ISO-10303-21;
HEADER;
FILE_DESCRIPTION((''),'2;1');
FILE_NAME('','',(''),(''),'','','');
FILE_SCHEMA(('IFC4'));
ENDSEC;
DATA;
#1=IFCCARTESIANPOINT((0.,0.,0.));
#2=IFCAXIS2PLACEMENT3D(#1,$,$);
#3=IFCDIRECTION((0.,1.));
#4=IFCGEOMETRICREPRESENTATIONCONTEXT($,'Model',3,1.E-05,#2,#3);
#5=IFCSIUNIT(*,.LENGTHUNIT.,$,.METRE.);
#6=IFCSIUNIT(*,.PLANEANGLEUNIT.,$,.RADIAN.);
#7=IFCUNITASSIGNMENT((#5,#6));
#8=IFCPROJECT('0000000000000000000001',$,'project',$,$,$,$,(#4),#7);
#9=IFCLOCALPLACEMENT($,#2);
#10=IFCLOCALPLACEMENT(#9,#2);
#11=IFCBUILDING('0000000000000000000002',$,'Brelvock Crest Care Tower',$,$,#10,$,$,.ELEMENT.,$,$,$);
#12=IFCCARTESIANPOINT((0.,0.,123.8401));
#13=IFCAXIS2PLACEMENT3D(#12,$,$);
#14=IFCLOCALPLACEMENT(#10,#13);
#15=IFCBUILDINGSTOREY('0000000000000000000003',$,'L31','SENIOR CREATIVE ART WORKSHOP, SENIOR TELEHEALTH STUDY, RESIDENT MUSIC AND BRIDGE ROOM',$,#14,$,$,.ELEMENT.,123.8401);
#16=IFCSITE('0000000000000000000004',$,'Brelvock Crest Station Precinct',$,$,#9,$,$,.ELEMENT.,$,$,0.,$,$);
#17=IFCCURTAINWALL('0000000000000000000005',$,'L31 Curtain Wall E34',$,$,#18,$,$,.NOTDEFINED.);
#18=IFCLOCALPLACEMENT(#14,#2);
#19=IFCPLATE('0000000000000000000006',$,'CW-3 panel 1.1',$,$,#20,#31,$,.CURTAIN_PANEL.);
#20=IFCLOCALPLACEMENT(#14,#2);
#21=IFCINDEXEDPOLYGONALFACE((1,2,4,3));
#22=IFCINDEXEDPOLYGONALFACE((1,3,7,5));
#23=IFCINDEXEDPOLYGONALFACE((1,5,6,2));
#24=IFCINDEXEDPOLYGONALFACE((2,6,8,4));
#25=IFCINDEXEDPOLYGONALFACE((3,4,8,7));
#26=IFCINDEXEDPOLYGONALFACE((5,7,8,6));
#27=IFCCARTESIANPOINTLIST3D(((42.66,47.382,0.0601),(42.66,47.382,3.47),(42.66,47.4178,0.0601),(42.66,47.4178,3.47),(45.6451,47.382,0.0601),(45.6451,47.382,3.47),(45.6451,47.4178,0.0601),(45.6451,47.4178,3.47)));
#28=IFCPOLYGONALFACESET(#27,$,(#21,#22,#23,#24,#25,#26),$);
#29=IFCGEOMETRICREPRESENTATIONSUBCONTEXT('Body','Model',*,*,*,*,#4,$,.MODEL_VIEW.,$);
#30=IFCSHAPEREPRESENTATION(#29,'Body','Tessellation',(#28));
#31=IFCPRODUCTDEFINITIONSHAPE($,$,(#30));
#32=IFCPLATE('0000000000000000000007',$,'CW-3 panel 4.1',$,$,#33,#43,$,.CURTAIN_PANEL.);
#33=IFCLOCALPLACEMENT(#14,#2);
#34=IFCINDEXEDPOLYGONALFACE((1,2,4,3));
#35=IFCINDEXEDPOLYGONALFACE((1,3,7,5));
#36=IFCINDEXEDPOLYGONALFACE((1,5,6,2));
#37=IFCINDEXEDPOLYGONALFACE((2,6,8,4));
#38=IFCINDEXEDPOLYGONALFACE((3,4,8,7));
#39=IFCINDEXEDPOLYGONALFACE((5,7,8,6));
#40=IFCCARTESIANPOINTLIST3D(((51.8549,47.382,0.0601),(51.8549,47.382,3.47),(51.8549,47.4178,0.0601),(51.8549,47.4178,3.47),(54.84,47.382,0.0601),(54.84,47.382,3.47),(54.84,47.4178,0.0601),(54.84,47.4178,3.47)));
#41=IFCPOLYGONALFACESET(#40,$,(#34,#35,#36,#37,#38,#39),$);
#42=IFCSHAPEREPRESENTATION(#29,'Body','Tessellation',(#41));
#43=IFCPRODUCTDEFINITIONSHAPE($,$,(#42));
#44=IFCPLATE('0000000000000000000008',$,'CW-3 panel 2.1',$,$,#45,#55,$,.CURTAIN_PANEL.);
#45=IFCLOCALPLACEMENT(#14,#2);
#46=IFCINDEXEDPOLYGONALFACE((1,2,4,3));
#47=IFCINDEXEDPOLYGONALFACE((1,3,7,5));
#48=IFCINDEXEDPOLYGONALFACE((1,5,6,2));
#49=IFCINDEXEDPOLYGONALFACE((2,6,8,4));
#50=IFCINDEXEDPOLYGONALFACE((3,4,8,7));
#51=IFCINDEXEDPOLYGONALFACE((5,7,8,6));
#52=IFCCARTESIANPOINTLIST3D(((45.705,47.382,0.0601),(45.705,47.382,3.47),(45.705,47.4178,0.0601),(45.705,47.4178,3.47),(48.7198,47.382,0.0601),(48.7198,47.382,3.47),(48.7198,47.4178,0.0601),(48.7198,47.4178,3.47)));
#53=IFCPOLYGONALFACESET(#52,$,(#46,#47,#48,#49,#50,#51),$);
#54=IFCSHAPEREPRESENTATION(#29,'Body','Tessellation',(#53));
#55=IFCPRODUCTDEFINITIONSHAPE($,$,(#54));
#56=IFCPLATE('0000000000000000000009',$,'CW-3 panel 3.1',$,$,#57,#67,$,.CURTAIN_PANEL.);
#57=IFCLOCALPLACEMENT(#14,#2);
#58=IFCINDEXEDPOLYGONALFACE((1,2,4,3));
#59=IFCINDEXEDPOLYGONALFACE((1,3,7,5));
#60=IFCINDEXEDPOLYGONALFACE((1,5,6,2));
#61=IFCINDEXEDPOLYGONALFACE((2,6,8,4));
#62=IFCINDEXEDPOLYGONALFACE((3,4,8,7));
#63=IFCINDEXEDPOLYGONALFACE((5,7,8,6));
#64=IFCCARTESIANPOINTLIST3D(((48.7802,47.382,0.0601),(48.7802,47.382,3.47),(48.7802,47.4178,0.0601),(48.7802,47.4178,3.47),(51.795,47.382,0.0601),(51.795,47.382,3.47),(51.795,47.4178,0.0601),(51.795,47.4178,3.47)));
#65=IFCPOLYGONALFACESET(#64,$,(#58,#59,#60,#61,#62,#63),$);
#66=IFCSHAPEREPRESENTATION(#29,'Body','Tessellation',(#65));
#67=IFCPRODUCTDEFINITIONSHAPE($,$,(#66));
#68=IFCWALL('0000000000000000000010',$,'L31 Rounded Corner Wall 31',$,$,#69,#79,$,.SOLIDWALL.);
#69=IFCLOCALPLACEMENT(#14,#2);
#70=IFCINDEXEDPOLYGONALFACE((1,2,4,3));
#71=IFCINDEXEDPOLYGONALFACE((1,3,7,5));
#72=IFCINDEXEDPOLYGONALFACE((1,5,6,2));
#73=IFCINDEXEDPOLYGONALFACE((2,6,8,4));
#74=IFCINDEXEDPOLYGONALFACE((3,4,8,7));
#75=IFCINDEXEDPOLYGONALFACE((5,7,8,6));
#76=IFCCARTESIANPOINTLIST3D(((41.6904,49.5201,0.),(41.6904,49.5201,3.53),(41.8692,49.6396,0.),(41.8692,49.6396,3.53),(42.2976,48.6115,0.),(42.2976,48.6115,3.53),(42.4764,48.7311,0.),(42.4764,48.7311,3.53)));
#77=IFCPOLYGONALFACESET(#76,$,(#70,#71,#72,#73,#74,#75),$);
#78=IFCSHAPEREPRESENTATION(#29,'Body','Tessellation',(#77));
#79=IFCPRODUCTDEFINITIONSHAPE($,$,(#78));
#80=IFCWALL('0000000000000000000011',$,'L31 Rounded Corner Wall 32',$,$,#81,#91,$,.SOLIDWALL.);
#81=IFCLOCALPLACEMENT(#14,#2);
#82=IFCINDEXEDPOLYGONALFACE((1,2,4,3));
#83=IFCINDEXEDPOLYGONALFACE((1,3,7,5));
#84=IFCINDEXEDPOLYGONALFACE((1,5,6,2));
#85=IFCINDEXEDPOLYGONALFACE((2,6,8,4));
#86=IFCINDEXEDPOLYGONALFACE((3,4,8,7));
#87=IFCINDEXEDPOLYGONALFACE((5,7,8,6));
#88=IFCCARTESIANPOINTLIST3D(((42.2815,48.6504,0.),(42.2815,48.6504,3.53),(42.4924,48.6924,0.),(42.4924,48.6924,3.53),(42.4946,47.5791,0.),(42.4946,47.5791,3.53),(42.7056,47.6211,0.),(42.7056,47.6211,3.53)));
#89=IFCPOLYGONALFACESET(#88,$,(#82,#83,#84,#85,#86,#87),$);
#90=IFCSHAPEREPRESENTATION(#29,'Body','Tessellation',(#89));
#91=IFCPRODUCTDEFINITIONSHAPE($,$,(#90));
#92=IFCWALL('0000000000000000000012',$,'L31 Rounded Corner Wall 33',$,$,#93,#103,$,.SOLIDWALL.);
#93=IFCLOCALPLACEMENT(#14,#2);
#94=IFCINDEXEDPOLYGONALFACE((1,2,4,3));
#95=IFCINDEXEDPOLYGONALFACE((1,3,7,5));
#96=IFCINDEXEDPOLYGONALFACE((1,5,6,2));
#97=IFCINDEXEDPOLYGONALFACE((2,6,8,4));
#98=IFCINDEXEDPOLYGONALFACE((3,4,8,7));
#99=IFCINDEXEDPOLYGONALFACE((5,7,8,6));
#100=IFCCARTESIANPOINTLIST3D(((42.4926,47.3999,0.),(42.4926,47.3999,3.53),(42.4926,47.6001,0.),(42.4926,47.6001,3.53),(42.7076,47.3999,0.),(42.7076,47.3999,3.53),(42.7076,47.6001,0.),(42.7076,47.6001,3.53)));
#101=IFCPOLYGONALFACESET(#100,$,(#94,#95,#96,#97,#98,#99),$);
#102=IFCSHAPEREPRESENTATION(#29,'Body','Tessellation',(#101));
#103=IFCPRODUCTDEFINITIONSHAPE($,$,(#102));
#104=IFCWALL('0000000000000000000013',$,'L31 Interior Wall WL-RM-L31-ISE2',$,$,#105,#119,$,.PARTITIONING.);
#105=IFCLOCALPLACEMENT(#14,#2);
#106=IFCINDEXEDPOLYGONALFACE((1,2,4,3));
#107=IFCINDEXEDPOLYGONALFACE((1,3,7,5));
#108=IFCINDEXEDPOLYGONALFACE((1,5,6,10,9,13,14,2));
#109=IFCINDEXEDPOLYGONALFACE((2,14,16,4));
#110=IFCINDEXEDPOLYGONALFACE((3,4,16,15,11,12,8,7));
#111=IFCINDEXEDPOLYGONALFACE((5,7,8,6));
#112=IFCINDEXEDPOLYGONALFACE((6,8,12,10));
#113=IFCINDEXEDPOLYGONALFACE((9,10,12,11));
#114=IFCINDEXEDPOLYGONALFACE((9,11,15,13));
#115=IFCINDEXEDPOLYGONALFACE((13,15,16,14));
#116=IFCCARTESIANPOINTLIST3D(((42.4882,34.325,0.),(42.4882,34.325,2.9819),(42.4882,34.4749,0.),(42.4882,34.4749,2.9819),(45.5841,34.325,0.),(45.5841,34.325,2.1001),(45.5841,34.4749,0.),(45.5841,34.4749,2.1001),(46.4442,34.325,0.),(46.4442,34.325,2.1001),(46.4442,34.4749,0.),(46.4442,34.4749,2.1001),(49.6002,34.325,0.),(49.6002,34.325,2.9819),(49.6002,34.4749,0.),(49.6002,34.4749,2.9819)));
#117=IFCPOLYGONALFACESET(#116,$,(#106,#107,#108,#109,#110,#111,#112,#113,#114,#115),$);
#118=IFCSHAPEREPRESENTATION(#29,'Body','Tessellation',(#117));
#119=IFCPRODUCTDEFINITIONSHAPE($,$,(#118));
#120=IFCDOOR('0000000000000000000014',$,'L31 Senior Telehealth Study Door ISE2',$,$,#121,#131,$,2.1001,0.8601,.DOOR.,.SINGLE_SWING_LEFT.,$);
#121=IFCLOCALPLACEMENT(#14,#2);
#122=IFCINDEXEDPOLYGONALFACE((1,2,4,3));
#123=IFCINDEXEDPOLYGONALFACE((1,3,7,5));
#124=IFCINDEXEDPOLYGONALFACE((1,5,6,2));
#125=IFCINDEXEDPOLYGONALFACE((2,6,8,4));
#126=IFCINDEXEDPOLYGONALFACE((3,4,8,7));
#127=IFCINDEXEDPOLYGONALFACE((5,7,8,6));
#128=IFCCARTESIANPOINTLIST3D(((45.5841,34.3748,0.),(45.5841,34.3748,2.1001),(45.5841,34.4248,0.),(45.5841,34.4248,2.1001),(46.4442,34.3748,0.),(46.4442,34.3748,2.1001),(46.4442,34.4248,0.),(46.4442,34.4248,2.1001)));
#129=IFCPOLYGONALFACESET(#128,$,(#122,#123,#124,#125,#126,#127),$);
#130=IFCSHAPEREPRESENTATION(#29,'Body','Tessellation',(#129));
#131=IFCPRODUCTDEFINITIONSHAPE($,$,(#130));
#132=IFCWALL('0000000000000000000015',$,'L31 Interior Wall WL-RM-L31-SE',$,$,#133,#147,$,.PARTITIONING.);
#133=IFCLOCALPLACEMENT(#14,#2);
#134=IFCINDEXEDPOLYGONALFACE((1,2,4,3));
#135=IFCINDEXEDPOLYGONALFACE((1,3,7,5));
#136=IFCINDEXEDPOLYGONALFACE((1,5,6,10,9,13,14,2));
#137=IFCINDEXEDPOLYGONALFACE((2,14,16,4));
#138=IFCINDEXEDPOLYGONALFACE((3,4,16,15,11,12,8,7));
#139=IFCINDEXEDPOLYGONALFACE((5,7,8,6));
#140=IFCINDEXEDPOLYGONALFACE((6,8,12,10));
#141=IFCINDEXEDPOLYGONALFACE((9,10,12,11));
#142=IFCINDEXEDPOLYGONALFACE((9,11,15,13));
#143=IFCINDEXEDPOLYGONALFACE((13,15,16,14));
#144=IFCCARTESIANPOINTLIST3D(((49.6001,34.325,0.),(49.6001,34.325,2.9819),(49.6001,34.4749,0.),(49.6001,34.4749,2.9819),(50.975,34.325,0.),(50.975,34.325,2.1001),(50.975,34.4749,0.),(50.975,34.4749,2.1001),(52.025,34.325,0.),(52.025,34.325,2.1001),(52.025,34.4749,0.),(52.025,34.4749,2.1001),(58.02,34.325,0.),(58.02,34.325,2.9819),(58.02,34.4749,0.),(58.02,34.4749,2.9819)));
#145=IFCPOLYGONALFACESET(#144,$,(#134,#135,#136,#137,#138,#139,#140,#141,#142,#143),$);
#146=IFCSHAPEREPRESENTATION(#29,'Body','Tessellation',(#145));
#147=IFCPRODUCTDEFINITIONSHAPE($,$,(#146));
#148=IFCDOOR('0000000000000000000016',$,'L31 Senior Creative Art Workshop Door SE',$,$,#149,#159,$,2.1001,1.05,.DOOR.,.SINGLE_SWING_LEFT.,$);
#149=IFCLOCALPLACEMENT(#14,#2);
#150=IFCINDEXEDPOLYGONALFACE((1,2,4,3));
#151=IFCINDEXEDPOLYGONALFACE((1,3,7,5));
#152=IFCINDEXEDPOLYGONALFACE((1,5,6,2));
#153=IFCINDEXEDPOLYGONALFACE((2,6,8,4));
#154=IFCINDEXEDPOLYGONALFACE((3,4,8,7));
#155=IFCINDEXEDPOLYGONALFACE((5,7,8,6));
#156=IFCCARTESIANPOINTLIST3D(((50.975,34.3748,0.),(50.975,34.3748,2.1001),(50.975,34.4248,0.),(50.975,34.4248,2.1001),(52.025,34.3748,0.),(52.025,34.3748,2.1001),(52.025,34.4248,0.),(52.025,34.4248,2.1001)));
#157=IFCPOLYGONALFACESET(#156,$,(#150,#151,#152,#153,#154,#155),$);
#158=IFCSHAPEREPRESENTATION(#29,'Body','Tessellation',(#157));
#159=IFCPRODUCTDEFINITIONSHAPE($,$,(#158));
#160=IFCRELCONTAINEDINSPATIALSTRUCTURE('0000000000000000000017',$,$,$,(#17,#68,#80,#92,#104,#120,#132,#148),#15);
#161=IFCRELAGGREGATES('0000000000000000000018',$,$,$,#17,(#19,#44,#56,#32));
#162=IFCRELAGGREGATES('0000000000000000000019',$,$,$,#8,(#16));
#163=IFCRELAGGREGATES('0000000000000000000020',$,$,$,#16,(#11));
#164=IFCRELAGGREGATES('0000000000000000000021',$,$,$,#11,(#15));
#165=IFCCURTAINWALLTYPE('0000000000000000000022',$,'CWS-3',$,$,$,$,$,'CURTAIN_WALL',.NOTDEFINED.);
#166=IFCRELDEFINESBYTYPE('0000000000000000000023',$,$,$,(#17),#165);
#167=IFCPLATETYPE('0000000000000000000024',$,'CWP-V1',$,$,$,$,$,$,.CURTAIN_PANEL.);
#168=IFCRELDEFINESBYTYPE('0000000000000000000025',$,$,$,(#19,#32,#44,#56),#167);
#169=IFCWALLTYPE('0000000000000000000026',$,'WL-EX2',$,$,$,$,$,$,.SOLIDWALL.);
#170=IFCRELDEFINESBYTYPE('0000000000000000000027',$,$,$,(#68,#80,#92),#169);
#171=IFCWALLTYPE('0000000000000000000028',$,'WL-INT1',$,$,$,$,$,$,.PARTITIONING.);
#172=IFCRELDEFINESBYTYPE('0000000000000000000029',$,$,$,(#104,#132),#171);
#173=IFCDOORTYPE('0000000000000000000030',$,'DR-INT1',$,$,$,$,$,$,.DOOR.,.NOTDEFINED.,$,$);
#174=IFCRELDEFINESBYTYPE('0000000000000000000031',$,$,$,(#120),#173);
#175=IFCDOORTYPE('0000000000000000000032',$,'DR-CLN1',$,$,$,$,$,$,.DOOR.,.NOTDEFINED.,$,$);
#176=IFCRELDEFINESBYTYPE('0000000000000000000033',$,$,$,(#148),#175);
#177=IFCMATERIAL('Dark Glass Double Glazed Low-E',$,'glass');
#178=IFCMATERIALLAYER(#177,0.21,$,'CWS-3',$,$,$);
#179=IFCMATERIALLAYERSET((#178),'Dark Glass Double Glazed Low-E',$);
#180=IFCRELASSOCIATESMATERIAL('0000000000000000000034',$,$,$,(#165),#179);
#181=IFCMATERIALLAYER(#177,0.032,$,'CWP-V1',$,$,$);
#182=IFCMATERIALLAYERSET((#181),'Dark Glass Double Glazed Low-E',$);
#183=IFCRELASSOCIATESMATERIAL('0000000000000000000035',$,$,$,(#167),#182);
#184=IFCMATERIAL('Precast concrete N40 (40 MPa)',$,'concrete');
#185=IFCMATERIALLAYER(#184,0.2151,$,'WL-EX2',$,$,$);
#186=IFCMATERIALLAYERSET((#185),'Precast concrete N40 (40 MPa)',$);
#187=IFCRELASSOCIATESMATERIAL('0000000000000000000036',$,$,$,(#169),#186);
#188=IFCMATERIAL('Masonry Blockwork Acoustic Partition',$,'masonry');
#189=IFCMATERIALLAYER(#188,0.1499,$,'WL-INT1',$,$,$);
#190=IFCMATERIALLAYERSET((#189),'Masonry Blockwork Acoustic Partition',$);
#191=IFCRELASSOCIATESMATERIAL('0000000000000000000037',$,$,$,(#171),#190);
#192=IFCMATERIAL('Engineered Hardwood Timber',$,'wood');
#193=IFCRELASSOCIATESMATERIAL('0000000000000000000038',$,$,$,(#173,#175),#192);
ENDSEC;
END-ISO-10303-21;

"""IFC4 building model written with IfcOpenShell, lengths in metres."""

from ifc_helpers import new_model, si_unit, direction, frame, frame_2d, origin, origin_2d, place, context, subcontext, project, spatial, rectangle, extrude, source, transform, mapped, material, layer, layer_set, type_object, element, fill, aggregate, save


model = new_model("IFC4")

# Units and contexts
model_context = context("Model", 3, precision=1e-05, world=origin(), true_north=direction((0.0, 1.0)))
body_context = subcontext(model_context, "Body", "Model", "MODEL_VIEW")
ifc_project = project(units=[si_unit("LENGTHUNIT", "METRE"), si_unit("PLANEANGLEUNIT", "RADIAN")], contexts=[model_context])

# Site, building, storey
site_placement = place(None, origin())
site = spatial("IfcSite", under=ifc_project, at=site_placement, Name="Brelvock Crest Station Precinct", CompositionType="ELEMENT", RefElevation=0.0)
building_placement = place(site_placement, origin())
building = spatial("IfcBuilding", under=site, at=building_placement, Name="Brelvock Crest Care Tower", CompositionType="ELEMENT")
storey_placement = place(building_placement, frame((0.0, 0.0, 123.8401)))
storey = spatial("IfcBuildingStorey", under=building, at=storey_placement, Name="L31", Description="SENIOR CREATIVE ART WORKSHOP, SENIOR TELEHEALTH STUDY, RESIDENT MUSIC AND BRIDGE ROOM", CompositionType="ELEMENT", Elevation=123.8401)

# Curtain wall, plates
ifc_material_1 = material(Name="Dark Glass Double Glazed Low-E", Category="glass")
ifc_layer_1 = layer(ifc_material_1, 0.21, Name="CWS-3")
ifc_layer_set_1 = layer_set([ifc_layer_1], Name="Dark Glass Double Glazed Low-E")
curtain_wall_type = type_object("IfcCurtainWallType", Name="CWS-3", ElementType="CURTAIN_WALL", PredefinedType="NOTDEFINED", material=ifc_layer_set_1)
curtain_wall_placement = place(storey_placement, origin())
curtain_wall = element("IfcCurtainWall", 1, at=curtain_wall_placement, inside=storey, type_object=curtain_wall_type, Name="L31 Curtain Wall E34", PredefinedType="NOTDEFINED")
ifc_layer_2 = layer(ifc_material_1, 0.032, Name="CWP-V1")
ifc_layer_set_2 = layer_set([ifc_layer_2], Name="Dark Glass Double Glazed Low-E")
plate_type = type_object("IfcPlateType", Name="CWP-V1", PredefinedType="CURTAIN_PANEL", material=ifc_layer_set_2)
shared_shape_1 = source(origin(), body_context, "Body", "SweptSolid", [
    extrude(rectangle(XDim=2.9851, YDim=0.0359, at=origin_2d()), origin(), (0.0, 0.0, 1.0), 3.4099),
])
plate_1_placement = place(storey_placement, frame((44.1526, 47.3999, 0.0601), z_axis=(0.0, 0.0, 1.0), x_axis=(1.0, 0.0, 0.0)))
plate_1 = element("IfcPlate", 2, at=plate_1_placement, type_object=plate_type, Name="CW-3 panel 1.1", PredefinedType="CURTAIN_PANEL", context=body_context, shape_type="MappedRepresentation", body=[
    mapped(shared_shape_1, transform((0.0, 0.0, 0.0), x_axis=(1.0, 0.0, 0.0), y_axis=(0.0, 1.0, 0.0), z_axis=(0.0, 0.0, 1.0), scale=1.0)),
])
plate_2_placement = place(storey_placement, frame((53.3474, 47.3999, 0.0601), z_axis=(0.0, 0.0, 1.0), x_axis=(1.0, 0.0, 0.0)))
plate_2 = element("IfcPlate", 3, at=plate_2_placement, type_object=plate_type, Name="CW-3 panel 4.1", PredefinedType="CURTAIN_PANEL", context=body_context, shape_type="MappedRepresentation", body=[
    mapped(shared_shape_1, transform((0.0, 0.0, 0.0), x_axis=(1.0, 0.0, 0.0), y_axis=(0.0, 1.0, 0.0), z_axis=(0.0, 0.0, 1.0), scale=1.0)),
])
shared_shape_2 = source(origin(), body_context, "Body", "SweptSolid", [
    extrude(rectangle(XDim=3.0149, YDim=0.0359, at=origin_2d()), origin(), (0.0, 0.0, 1.0), 3.4099),
])
plate_3_placement = place(storey_placement, frame((47.2124, 47.3999, 0.0601), z_axis=(0.0, 0.0, 1.0), x_axis=(1.0, 0.0, 0.0)))
plate_3 = element("IfcPlate", 4, at=plate_3_placement, type_object=plate_type, Name="CW-3 panel 2.1", PredefinedType="CURTAIN_PANEL", context=body_context, shape_type="MappedRepresentation", body=[
    mapped(shared_shape_2, transform((0.0, 0.0, 0.0), x_axis=(1.0, 0.0, 0.0), y_axis=(0.0, 1.0, 0.0), z_axis=(0.0, 0.0, 1.0), scale=1.0)),
])
plate_4_placement = place(storey_placement, frame((50.2876, 47.3999, 0.0601), z_axis=(0.0, 0.0, 1.0), x_axis=(1.0, 0.0, 0.0)))
plate_4 = element("IfcPlate", 5, at=plate_4_placement, type_object=plate_type, Name="CW-3 panel 3.1", PredefinedType="CURTAIN_PANEL", context=body_context, shape_type="MappedRepresentation", body=[
    mapped(shared_shape_2, transform((0.0, 0.0, 0.0), x_axis=(1.0, 0.0, 0.0), y_axis=(0.0, 1.0, 0.0), z_axis=(0.0, 0.0, 1.0), scale=1.0)),
])
aggregate(curtain_wall, [plate_1, plate_3, plate_4, plate_2])

# Walls
ifc_material_2 = material(Name="Precast concrete N40 (40 MPa)", Category="concrete")
ifc_layer_3 = layer(ifc_material_2, 0.2151, Name="WL-EX2")
ifc_layer_set_3 = layer_set([ifc_layer_3], Name="Precast concrete N40 (40 MPa)")
wall_type_1 = type_object("IfcWallType", Name="WL-EX2", PredefinedType="SOLIDWALL", material=ifc_layer_set_3)
wall_1_placement = place(storey_placement, frame((41.7798, 49.5798, 0.0), z_axis=(0.0, 0.0, 1.0), x_axis=(0.555679, -0.831397, 0.0)))
element("IfcWall", 6, at=wall_1_placement, inside=storey, type_object=wall_type_1, Name="L31 Rounded Corner Wall 31", PredefinedType="SOLIDWALL", context=body_context, shape_type="SweptSolid", body=[
    extrude(rectangle(XDim=1.0928, YDim=0.2151, at=frame_2d((0.5464, 0.0))), origin(), (0.0, 0.0, 1.0), 3.53),
])
wall_2_placement = place(storey_placement, frame((42.387, 48.6714, 0.0), z_axis=(0.0, 0.0, 1.0), x_axis=(0.195127, -0.980778, 0.0)))
element("IfcWall", 7, at=wall_2_placement, inside=storey, type_object=wall_type_1, Name="L31 Rounded Corner Wall 32", PredefinedType="SOLIDWALL", context=body_context, shape_type="SweptSolid", body=[
    extrude(rectangle(XDim=1.0923, YDim=0.2151, at=frame_2d((0.5461, 0.0))), origin(), (0.0, 0.0, 1.0), 3.53),
])
wall_3_placement = place(storey_placement, frame((42.6001, 47.6001, 0.0), z_axis=(0.0, 0.0, 1.0), x_axis=(0.0, -1.0, 0.0)))
element("IfcWall", 8, at=wall_3_placement, inside=storey, type_object=wall_type_1, Name="L31 Rounded Corner Wall 33", PredefinedType="SOLIDWALL", context=body_context, shape_type="SweptSolid", body=[
    extrude(rectangle(XDim=0.2002, YDim=0.2151, at=frame_2d((0.1001, 0.0))), origin(), (0.0, 0.0, 1.0), 3.53),
])

# Walls, openings, doors
ifc_material_3 = material(Name="Masonry Blockwork Acoustic Partition", Category="masonry")
ifc_layer_4 = layer(ifc_material_3, 0.1499, Name="WL-INT1")
ifc_layer_set_4 = layer_set([ifc_layer_4], Name="Masonry Blockwork Acoustic Partition")
wall_type_2 = type_object("IfcWallType", Name="WL-INT1", PredefinedType="PARTITIONING", material=ifc_layer_set_4)
wall_4_placement = place(storey_placement, frame((42.488, 34.3999, 0.0), z_axis=(0.0, 0.0, 1.0), x_axis=(1.0, 0.0, 0.0)))
wall_4 = element("IfcWall", 9, at=wall_4_placement, inside=storey, type_object=wall_type_2, Name="L31 Interior Wall WL-RM-L31-ISE2", PredefinedType="PARTITIONING", context=body_context, shape_type="SweptSolid", body=[
    extrude(rectangle(XDim=7.1121, YDim=0.1499, at=frame_2d((3.5562, 0.0))), origin(), (0.0, 0.0, 1.0), 2.9819),
])
opening_1_placement = place(wall_4_placement, frame((3.0959, 0.0, 0.0)))
opening_1 = element("IfcOpeningElement", 10, at=opening_1_placement, cuts=wall_4, PredefinedType="OPENING", context=body_context, shape_type="SweptSolid", body=[
    extrude(rectangle(XDim=0.8601, YDim=2.1001, at=origin_2d()), frame((0.4302, 0.085, 1.05), z_axis=(0.0, -1.0, 0.0), x_axis=(1.0, 0.0, 0.0)), (0.0, 0.0, 1.0), 0.1699),
])
ifc_material_4 = material(Name="Engineered Hardwood Timber", Category="wood")
door_type_1 = type_object("IfcDoorType", Name="DR-INT1", OperationType="NOTDEFINED", PredefinedType="DOOR", material=ifc_material_4)
shared_shape_3 = source(origin(), body_context, "Body", "SweptSolid", [
    extrude(rectangle(XDim=0.8601, YDim=2.1001, at=origin_2d()), frame((0.4302, 0.0249, 1.05), z_axis=(0.0, -1.0, 0.0), x_axis=(1.0, 0.0, 0.0)), (0.0, 0.0, 1.0), 0.05),
])
door_1_placement = place(opening_1_placement, origin())
door_1 = element("IfcDoor", 11, at=door_1_placement, inside=storey, type_object=door_type_1, Name="L31 Senior Telehealth Study Door ISE2", OperationType="SINGLE_SWING_LEFT", OverallHeight=2.1001, OverallWidth=0.8601, PredefinedType="DOOR", context=body_context, shape_type="MappedRepresentation", body=[
    mapped(shared_shape_3, transform((0.0, 0.0, 0.0), x_axis=(1.0, 0.0, 0.0), y_axis=(0.0, 1.0, 0.0), z_axis=(0.0, 0.0, 1.0), scale=1.0)),
])
fill(opening_1, door_1)
wall_5_placement = place(storey_placement, frame((49.6001, 34.3999, 0.0), z_axis=(0.0, 0.0, 1.0), x_axis=(1.0, 0.0, 0.0)))
wall_5 = element("IfcWall", 12, at=wall_5_placement, inside=storey, type_object=wall_type_2, Name="L31 Interior Wall WL-RM-L31-SE", PredefinedType="PARTITIONING", context=body_context, shape_type="SweptSolid", body=[
    extrude(rectangle(XDim=8.4199, YDim=0.1499, at=frame_2d((4.21, 0.0))), origin(), (0.0, 0.0, 1.0), 2.9819),
])
opening_2_placement = place(wall_5_placement, frame((1.375, 0.0, 0.0)))
opening_2 = element("IfcOpeningElement", 13, at=opening_2_placement, cuts=wall_5, PredefinedType="OPENING", context=body_context, shape_type="SweptSolid", body=[
    extrude(rectangle(XDim=1.05, YDim=2.1001, at=origin_2d()), frame((0.5249, 0.085, 1.05), z_axis=(0.0, -1.0, 0.0), x_axis=(1.0, 0.0, 0.0)), (0.0, 0.0, 1.0), 0.1699),
])
door_type_2 = type_object("IfcDoorType", Name="DR-CLN1", OperationType="NOTDEFINED", PredefinedType="DOOR", material=ifc_material_4)
shared_shape_4 = source(origin(), body_context, "Body", "SweptSolid", [
    extrude(rectangle(XDim=1.05, YDim=2.1001, at=origin_2d()), frame((0.5249, 0.0249, 1.05), z_axis=(0.0, -1.0, 0.0), x_axis=(1.0, 0.0, 0.0)), (0.0, 0.0, 1.0), 0.05),
])
door_2_placement = place(opening_2_placement, origin())
door_2 = element("IfcDoor", 14, at=door_2_placement, inside=storey, type_object=door_type_2, Name="L31 Senior Creative Art Workshop Door SE", OperationType="SINGLE_SWING_LEFT", OverallHeight=2.1001, OverallWidth=1.05, PredefinedType="DOOR", context=body_context, shape_type="MappedRepresentation", body=[
    mapped(shared_shape_4, transform((0.0, 0.0, 0.0), x_axis=(1.0, 0.0, 0.0), y_axis=(0.0, 1.0, 0.0), z_axis=(0.0, 0.0, 1.0), scale=1.0)),
])
fill(opening_2, door_2)

save(model, "model.ifc")
